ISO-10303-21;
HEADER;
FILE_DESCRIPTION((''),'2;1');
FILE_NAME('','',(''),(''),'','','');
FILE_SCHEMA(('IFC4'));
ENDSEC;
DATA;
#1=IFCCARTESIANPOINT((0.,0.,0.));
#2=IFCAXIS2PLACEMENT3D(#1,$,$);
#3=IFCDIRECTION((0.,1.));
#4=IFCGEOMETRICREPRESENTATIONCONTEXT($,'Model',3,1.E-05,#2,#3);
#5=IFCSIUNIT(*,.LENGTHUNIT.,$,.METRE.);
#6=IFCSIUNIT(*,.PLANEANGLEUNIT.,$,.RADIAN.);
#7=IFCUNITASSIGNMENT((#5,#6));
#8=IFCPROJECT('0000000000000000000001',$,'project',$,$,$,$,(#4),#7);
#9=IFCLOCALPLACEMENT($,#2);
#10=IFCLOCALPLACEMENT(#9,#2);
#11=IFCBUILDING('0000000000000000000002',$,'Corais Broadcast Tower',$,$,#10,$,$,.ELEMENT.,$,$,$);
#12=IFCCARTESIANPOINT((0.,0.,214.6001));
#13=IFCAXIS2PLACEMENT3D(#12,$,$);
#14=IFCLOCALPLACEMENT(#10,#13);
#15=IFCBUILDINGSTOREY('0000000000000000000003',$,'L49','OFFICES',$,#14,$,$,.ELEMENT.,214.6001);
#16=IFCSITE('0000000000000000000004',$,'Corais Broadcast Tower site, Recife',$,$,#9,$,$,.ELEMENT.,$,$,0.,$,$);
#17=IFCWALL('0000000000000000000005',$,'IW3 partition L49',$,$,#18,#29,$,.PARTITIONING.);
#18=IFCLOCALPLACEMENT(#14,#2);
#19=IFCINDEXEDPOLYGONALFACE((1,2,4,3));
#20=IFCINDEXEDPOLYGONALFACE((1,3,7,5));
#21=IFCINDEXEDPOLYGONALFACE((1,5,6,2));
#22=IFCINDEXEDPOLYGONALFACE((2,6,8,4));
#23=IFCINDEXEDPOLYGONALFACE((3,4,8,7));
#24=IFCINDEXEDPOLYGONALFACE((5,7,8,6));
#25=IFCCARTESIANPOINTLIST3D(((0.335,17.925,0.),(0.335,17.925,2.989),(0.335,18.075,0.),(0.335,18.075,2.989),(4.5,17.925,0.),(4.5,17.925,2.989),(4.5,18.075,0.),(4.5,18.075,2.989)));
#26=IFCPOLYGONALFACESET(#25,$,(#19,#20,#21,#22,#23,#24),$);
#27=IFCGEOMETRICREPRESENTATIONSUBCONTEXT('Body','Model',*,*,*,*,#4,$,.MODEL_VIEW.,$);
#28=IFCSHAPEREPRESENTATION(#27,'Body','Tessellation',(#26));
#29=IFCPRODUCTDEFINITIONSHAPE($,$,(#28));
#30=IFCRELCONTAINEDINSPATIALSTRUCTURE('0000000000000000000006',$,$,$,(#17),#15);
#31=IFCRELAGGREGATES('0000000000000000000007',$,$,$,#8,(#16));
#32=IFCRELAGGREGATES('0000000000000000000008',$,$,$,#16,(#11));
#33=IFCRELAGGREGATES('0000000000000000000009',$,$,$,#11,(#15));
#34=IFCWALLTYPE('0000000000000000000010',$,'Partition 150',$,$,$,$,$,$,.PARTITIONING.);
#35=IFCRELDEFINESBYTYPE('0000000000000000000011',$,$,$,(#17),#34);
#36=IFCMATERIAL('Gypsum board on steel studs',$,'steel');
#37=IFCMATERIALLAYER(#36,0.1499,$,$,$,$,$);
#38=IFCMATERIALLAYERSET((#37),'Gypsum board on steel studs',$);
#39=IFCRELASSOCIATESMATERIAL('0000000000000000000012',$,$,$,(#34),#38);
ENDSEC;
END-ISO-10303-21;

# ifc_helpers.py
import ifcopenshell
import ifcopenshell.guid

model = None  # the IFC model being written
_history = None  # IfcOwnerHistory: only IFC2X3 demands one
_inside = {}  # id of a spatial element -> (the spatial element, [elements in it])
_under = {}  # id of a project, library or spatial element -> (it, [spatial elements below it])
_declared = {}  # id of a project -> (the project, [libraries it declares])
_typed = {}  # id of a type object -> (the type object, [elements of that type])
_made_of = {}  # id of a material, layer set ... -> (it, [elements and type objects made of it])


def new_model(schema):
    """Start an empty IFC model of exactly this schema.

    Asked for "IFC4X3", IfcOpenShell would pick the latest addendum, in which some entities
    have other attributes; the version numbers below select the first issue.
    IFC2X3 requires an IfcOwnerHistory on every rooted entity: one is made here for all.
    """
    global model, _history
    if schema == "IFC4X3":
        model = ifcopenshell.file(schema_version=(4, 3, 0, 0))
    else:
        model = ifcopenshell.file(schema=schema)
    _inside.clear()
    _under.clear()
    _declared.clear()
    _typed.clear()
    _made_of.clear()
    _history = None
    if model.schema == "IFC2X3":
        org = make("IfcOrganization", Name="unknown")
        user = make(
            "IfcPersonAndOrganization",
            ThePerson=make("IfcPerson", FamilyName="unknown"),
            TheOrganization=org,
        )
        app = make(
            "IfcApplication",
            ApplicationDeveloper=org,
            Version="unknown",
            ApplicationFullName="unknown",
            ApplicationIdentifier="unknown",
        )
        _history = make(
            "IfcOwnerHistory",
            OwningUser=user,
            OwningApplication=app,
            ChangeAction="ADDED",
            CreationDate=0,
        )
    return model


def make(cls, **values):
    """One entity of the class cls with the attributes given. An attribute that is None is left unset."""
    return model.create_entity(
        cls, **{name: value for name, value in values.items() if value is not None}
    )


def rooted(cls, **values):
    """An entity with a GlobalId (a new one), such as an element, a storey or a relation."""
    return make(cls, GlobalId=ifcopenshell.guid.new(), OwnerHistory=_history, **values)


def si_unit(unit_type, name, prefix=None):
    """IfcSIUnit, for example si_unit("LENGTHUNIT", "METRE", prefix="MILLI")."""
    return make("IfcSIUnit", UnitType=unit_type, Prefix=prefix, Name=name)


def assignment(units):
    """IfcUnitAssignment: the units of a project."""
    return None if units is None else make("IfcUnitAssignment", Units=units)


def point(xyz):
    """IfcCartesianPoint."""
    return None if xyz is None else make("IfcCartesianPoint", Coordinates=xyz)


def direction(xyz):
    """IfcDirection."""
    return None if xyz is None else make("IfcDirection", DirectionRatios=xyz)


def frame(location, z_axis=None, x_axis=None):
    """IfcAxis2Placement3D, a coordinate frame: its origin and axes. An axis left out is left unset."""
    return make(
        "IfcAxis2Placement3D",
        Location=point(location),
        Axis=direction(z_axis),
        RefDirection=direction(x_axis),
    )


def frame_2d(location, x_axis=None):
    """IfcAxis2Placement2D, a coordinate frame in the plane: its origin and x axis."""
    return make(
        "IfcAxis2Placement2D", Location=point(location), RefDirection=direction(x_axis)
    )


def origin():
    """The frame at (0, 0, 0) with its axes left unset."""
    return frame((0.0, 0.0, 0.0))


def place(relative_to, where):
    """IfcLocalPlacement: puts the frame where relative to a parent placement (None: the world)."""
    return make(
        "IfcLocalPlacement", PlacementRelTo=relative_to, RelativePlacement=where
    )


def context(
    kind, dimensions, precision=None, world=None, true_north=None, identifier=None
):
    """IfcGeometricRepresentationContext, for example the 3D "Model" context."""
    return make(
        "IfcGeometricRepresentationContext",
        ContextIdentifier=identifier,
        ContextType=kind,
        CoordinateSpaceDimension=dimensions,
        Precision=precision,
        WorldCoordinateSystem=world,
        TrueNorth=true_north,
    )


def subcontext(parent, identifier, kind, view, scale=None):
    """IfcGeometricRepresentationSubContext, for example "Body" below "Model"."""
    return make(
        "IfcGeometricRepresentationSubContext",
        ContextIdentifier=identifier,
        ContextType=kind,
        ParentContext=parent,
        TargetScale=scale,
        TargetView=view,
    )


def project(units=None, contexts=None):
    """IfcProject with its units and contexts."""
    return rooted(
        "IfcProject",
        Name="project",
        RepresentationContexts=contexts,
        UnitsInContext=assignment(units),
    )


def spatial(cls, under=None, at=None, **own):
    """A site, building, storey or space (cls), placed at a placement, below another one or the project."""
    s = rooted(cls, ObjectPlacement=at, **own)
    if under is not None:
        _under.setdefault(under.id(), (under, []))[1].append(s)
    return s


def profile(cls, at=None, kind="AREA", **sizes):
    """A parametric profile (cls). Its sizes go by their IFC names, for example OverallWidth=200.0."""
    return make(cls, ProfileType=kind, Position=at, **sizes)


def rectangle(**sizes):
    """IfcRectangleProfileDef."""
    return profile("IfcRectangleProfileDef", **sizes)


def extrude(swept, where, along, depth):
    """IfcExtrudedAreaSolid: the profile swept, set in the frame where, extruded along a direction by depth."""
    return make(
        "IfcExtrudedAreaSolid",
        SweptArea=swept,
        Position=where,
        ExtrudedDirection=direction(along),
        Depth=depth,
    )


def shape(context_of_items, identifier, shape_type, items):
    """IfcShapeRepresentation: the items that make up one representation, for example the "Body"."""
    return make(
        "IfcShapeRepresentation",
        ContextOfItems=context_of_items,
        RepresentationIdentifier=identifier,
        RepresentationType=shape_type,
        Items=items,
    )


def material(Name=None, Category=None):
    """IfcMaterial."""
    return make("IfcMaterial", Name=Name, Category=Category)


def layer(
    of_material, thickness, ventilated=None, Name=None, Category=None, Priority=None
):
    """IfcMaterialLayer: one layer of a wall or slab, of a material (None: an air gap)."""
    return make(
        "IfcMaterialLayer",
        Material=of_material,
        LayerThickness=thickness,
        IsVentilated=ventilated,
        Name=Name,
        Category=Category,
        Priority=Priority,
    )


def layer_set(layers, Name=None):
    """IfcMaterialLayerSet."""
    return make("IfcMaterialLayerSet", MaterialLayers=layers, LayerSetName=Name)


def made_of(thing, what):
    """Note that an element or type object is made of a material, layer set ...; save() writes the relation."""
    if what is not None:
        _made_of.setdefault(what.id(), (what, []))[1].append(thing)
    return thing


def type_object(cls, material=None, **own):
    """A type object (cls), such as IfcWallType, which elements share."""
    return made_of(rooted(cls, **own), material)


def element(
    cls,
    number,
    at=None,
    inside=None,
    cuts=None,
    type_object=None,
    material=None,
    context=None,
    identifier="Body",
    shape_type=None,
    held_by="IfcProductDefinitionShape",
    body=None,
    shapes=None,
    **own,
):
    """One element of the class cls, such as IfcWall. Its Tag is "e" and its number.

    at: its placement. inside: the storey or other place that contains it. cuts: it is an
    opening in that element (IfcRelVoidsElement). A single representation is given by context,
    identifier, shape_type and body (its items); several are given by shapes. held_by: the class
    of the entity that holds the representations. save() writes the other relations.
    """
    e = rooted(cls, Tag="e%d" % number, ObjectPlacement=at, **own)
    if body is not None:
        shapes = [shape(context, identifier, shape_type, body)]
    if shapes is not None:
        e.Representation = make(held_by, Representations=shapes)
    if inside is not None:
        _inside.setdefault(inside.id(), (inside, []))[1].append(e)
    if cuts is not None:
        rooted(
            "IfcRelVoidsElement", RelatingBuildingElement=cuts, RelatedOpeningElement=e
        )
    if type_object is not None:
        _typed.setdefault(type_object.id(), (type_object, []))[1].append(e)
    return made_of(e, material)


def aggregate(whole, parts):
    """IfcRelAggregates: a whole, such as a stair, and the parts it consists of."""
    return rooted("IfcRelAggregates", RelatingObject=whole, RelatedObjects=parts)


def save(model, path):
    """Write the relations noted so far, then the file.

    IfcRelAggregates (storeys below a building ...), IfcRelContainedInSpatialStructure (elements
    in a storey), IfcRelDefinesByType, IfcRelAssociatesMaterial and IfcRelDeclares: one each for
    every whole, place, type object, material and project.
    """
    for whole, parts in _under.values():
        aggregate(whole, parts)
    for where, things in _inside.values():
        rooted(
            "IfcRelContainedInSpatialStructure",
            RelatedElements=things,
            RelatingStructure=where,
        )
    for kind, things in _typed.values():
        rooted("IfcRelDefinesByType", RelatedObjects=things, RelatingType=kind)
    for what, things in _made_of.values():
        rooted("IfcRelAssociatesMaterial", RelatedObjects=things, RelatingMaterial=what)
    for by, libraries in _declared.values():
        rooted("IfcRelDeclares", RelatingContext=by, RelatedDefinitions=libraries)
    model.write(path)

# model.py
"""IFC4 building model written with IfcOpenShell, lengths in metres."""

from ifc_helpers import new_model, si_unit, direction, frame, frame_2d, origin, place, context, subcontext, project, spatial, rectangle, extrude, material, layer, layer_set, type_object, element, save


model = new_model("IFC4")

# Units and contexts
model_context = context("Model", 3, precision=1e-05, world=origin(), true_north=direction((0.0, 1.0)))
body_context = subcontext(model_context, "Body", "Model", "MODEL_VIEW")
ifc_project = project(units=[si_unit("LENGTHUNIT", "METRE"), si_unit("PLANEANGLEUNIT", "RADIAN")], contexts=[model_context])

# Site, building, storey
site_placement = place(None, origin())
site = spatial("IfcSite", under=ifc_project, at=site_placement, Name="Corais Broadcast Tower site, Recife", CompositionType="ELEMENT", RefElevation=0.0)
building_placement = place(site_placement, origin())
building = spatial("IfcBuilding", under=site, at=building_placement, Name="Corais Broadcast Tower", CompositionType="ELEMENT")
storey_placement = place(building_placement, frame((0.0, 0.0, 214.6001)))
storey = spatial("IfcBuildingStorey", under=building, at=storey_placement, Name="L49", Description="OFFICES", CompositionType="ELEMENT", Elevation=214.6001)

# Wall
ifc_material_1 = material(Name="Gypsum board on steel studs", Category="steel")
ifc_layer_1 = layer(ifc_material_1, 0.1499)
ifc_layer_set_1 = layer_set([ifc_layer_1], Name="Gypsum board on steel studs")
wall_type = type_object("IfcWallType", Name="Partition 150", PredefinedType="PARTITIONING", material=ifc_layer_set_1)
wall_placement = place(storey_placement, frame((0.335, 18.0, 0.0), z_axis=(0.0, 0.0, 1.0), x_axis=(1.0, 0.0, 0.0)))
element("IfcWall", 1, at=wall_placement, inside=storey, type_object=wall_type, Name="IW3 partition L49", PredefinedType="PARTITIONING", context=body_context, shape_type="SweptSolid", body=[
    extrude(rectangle(XDim=4.165, YDim=0.1499, at=frame_2d((2.0825, 0.0))), origin(), (0.0, 0.0, 1.0), 2.989),
])

save(model, "model.ifc")
